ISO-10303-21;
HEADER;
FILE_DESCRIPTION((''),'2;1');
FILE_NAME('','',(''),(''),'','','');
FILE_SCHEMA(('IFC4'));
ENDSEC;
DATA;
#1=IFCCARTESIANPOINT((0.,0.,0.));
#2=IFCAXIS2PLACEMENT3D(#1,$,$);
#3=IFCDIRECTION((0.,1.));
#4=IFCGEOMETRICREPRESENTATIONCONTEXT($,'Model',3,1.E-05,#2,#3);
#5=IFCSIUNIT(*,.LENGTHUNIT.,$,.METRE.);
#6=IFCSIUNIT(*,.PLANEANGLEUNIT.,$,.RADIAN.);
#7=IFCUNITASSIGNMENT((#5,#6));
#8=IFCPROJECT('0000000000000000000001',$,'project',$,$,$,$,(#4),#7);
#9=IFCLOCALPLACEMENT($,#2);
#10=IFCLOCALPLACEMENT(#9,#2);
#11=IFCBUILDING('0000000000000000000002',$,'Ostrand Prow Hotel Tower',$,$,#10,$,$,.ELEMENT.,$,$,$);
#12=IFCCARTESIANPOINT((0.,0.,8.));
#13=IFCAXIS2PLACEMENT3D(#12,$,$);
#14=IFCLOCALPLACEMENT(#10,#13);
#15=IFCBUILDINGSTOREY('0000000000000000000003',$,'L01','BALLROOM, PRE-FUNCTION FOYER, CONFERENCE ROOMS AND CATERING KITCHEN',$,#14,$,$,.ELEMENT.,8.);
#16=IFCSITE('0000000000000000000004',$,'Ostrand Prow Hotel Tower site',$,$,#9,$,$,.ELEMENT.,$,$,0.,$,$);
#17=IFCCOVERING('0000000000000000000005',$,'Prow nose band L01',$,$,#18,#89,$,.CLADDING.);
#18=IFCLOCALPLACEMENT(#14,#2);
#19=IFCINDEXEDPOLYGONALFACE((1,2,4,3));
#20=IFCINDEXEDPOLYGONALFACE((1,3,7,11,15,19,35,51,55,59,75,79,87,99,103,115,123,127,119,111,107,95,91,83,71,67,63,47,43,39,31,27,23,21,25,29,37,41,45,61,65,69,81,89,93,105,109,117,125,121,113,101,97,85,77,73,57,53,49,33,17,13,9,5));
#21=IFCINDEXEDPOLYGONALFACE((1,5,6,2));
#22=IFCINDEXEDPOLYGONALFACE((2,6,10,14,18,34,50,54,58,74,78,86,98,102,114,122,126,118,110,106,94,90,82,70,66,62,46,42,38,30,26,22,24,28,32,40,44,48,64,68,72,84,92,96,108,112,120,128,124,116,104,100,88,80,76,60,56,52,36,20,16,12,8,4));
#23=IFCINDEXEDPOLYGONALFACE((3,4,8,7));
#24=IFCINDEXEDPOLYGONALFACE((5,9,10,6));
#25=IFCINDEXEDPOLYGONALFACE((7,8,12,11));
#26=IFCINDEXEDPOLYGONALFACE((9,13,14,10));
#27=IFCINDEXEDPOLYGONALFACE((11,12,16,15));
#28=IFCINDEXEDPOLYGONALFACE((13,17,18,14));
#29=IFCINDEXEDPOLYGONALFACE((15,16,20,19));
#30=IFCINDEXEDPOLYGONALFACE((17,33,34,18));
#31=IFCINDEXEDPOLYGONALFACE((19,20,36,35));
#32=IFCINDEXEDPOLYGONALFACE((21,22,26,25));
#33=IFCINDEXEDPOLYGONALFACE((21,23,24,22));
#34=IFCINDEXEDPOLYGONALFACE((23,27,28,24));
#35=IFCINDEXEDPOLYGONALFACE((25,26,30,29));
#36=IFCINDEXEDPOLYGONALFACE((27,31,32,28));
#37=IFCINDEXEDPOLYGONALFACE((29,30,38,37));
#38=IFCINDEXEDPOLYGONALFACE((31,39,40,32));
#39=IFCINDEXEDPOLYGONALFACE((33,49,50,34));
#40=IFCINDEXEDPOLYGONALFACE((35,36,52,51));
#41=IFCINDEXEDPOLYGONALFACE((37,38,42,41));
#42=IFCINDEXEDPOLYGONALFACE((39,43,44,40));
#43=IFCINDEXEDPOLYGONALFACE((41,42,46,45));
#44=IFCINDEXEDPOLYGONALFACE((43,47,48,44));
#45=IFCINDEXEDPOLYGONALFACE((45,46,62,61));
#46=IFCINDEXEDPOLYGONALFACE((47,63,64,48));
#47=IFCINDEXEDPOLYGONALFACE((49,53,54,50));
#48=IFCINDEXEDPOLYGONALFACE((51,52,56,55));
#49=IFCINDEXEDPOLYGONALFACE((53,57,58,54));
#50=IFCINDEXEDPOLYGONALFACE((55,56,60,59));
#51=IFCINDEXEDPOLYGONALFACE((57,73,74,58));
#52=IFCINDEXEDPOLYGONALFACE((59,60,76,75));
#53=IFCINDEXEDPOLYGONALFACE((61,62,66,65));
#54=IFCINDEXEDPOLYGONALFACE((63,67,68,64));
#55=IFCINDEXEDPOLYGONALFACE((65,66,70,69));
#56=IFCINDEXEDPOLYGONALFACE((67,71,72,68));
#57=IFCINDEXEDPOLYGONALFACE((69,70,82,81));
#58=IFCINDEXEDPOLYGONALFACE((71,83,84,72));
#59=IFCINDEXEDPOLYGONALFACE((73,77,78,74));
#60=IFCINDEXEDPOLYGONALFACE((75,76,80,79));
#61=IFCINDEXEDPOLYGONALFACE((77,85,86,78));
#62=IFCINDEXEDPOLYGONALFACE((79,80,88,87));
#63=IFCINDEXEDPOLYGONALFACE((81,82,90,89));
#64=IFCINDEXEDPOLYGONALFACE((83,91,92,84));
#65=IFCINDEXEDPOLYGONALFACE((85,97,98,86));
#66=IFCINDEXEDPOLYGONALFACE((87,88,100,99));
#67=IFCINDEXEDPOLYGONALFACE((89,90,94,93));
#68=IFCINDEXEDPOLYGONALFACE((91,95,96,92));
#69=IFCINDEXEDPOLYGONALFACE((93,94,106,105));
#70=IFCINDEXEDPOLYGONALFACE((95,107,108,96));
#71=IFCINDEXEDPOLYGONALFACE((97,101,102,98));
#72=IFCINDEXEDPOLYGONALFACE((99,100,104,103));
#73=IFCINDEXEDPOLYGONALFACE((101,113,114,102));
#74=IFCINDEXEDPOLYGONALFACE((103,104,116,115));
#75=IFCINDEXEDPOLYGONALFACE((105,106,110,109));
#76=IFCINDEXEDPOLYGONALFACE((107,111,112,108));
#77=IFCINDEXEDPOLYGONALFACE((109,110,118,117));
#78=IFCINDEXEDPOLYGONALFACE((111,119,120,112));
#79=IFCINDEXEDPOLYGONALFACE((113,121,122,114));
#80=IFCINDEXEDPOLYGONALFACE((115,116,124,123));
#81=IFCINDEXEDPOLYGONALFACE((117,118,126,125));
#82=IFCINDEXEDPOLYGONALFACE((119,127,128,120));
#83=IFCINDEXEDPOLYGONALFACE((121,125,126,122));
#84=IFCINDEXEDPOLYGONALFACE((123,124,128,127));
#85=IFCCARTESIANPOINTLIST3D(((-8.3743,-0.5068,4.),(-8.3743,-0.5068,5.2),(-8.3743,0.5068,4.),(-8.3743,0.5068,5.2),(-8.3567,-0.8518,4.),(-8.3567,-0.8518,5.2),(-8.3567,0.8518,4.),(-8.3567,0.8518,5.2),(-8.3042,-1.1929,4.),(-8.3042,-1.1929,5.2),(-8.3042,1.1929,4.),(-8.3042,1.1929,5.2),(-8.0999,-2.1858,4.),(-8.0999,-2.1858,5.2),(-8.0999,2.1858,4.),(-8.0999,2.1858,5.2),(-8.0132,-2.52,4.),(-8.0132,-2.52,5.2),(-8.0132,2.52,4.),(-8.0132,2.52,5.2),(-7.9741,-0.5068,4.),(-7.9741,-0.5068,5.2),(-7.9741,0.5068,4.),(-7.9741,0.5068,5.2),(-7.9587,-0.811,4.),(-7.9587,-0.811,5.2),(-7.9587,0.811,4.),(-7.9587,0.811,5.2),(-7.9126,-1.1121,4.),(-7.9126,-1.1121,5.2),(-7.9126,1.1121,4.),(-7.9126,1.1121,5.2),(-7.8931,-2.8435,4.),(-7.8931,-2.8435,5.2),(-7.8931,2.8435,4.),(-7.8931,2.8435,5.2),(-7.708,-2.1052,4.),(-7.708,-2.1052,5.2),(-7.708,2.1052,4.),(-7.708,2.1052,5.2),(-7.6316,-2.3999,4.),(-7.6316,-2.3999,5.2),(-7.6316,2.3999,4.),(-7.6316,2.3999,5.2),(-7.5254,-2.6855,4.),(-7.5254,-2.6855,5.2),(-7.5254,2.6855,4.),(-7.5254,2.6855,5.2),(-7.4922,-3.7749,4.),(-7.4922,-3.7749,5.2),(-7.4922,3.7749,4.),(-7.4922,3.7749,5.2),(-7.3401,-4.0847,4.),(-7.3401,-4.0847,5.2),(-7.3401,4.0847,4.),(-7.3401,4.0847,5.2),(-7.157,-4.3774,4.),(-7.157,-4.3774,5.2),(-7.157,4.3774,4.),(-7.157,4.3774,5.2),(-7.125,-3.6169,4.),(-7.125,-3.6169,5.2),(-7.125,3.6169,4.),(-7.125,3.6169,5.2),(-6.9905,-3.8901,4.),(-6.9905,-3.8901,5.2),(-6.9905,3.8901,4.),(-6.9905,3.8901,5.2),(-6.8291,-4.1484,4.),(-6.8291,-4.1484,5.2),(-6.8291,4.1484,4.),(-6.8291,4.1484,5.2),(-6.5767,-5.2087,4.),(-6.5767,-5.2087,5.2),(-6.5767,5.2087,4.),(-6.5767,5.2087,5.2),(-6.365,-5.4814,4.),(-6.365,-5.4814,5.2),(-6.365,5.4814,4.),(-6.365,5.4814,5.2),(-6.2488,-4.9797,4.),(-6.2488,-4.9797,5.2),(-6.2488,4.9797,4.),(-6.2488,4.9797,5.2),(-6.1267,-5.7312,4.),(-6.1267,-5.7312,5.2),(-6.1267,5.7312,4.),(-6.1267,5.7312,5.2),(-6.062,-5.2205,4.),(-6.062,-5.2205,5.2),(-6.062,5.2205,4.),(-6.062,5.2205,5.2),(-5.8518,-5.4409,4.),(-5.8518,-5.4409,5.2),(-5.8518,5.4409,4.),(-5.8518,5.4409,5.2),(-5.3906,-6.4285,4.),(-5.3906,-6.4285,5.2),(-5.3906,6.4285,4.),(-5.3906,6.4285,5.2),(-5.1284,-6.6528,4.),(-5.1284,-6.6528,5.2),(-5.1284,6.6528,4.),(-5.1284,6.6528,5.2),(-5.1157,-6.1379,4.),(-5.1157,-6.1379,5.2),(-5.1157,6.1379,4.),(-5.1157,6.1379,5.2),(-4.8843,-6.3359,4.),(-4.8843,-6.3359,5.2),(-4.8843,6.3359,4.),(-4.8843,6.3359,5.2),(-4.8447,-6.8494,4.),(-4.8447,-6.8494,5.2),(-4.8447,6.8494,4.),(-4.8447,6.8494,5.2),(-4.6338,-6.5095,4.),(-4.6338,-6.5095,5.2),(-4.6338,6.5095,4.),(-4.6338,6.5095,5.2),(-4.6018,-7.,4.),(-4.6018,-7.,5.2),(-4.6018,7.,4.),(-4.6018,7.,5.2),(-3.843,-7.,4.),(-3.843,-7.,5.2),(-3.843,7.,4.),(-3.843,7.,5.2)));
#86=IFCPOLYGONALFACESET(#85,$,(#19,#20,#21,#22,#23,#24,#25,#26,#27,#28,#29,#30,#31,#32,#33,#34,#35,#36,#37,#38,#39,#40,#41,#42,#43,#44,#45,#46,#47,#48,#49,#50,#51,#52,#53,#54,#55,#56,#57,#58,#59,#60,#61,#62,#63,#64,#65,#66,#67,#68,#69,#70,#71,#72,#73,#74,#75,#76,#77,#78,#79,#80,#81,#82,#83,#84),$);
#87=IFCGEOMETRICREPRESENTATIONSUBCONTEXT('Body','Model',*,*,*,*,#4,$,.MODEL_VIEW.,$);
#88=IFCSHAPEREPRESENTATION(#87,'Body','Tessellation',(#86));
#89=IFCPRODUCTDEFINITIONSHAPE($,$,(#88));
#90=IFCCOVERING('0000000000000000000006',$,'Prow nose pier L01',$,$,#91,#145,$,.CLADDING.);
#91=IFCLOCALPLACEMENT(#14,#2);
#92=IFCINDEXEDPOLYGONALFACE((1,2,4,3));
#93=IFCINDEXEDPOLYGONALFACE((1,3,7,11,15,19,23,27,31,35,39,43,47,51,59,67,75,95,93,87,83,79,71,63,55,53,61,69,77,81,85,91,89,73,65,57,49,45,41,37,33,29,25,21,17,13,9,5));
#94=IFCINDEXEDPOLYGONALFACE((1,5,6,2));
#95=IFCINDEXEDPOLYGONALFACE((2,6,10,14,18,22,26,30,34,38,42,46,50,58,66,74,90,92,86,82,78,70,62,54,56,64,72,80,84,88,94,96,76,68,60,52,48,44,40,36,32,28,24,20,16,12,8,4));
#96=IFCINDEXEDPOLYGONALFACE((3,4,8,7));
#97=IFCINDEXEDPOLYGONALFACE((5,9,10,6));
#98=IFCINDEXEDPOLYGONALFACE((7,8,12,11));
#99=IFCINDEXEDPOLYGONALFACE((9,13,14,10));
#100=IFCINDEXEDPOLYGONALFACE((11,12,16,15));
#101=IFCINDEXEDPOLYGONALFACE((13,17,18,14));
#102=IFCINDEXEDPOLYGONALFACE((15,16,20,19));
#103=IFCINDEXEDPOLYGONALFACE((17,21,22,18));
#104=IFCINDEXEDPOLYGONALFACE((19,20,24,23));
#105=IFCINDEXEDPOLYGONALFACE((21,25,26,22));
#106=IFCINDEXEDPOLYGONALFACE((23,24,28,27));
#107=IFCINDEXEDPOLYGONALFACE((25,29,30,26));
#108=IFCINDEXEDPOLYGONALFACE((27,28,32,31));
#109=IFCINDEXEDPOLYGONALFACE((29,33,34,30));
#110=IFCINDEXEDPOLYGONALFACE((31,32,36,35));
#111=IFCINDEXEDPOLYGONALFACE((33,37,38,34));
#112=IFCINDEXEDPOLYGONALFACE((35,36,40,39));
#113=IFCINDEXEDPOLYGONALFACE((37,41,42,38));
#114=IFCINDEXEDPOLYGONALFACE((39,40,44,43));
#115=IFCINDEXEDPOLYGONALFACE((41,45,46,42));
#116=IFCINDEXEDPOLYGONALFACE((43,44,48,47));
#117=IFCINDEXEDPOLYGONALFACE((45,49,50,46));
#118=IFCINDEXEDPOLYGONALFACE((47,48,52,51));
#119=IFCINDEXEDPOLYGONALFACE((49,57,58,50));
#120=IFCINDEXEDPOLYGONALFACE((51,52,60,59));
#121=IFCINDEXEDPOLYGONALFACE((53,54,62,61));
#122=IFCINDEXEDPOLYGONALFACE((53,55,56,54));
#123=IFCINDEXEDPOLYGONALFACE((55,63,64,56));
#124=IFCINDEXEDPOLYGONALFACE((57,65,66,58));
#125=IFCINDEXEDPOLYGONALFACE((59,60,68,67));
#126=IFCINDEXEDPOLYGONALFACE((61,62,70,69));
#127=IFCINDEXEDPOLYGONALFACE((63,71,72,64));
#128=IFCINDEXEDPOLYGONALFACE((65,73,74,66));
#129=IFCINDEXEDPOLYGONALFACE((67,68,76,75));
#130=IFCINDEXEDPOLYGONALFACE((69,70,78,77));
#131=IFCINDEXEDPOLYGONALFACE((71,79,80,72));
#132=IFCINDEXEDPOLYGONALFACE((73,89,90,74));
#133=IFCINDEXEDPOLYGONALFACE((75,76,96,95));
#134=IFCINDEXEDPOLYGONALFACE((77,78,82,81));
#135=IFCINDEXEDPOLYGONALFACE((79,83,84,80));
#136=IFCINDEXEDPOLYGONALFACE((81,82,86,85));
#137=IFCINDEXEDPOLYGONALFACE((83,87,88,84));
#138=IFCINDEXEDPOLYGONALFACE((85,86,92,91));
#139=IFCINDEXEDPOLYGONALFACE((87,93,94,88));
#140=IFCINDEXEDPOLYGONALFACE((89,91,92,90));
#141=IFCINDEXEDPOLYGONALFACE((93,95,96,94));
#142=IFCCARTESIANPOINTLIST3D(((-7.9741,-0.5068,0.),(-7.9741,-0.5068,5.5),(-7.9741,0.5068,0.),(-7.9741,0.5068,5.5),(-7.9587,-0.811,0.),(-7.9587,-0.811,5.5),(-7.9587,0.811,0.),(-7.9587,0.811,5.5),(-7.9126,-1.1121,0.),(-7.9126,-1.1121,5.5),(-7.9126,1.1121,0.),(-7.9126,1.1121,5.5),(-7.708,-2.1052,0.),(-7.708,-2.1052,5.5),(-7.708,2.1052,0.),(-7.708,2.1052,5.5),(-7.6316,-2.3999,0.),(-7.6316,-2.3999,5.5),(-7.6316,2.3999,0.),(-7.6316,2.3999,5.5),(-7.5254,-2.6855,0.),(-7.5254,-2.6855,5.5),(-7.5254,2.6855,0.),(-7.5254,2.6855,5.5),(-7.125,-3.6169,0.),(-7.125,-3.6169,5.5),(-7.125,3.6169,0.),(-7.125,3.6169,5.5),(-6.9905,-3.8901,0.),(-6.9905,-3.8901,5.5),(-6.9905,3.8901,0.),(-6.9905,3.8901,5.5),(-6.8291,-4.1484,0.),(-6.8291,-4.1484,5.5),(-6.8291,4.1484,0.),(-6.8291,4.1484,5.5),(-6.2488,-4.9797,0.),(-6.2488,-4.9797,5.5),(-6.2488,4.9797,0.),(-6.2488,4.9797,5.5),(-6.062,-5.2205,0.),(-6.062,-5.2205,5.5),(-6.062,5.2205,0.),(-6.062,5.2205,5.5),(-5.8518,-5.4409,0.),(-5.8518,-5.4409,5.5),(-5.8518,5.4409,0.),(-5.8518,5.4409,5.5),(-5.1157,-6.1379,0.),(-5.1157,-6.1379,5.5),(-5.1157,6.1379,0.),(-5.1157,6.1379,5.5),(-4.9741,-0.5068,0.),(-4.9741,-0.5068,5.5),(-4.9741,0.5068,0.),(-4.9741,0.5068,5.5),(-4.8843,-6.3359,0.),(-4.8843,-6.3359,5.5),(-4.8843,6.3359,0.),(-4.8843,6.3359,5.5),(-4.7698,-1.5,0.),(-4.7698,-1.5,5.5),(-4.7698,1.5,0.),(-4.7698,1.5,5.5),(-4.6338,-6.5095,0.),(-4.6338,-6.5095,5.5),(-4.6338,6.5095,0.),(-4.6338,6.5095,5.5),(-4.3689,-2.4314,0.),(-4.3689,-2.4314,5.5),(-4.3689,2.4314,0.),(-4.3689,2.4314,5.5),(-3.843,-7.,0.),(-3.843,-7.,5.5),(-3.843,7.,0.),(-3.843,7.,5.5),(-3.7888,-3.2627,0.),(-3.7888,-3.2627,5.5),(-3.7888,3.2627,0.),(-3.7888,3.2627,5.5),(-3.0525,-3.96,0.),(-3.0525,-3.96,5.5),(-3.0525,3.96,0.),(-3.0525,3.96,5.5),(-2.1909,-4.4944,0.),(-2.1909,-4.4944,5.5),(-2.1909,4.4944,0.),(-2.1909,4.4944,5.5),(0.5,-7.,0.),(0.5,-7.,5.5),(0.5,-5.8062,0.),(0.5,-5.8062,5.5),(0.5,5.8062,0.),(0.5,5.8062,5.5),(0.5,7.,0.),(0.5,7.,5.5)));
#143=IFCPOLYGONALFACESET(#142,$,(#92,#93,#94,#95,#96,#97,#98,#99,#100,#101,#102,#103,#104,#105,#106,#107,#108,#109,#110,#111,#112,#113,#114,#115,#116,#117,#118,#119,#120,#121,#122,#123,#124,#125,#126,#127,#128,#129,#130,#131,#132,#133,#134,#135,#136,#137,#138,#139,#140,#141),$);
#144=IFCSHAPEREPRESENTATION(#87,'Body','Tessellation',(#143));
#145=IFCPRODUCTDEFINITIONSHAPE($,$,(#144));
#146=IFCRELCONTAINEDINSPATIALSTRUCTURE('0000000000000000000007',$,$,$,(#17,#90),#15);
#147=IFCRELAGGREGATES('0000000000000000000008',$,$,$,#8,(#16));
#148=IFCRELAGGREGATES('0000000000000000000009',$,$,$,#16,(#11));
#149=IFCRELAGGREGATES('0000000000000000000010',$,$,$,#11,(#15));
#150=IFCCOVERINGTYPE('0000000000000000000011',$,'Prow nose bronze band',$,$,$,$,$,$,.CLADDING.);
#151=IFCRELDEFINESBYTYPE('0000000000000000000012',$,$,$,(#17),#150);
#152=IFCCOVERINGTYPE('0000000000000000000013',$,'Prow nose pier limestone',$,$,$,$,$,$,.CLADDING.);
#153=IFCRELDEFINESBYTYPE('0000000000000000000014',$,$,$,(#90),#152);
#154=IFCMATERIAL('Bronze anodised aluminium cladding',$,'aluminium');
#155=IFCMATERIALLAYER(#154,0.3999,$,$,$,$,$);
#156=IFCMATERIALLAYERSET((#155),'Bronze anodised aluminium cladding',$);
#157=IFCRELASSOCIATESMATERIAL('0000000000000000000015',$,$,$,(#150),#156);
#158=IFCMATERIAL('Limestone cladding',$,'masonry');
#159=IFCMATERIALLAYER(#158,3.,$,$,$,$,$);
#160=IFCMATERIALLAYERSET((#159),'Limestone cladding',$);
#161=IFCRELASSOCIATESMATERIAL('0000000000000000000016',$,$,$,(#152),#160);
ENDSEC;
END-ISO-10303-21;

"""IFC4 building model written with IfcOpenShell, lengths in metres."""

from ifc_helpers import new_model, si_unit, direction, frame, origin, place, context, subcontext, project, spatial, polyline, outline, extrude, material, layer, layer_set, type_object, element, save


model = new_model("IFC4")

# Units and contexts
model_context = context("Model", 3, precision=1e-05, world=origin(), true_north=direction((0.0, 1.0)))
body_context = subcontext(model_context, "Body", "Model", "MODEL_VIEW")
ifc_project = project(units=[si_unit("LENGTHUNIT", "METRE"), si_unit("PLANEANGLEUNIT", "RADIAN")], contexts=[model_context])

# Site, building, storey
site_placement = place(None, origin())
site = spatial("IfcSite", under=ifc_project, at=site_placement, Name="Ostrand Prow Hotel Tower site", CompositionType="ELEMENT", RefElevation=0.0)
building_placement = place(site_placement, origin())
building = spatial("IfcBuilding", under=site, at=building_placement, Name="Ostrand Prow Hotel Tower", CompositionType="ELEMENT")
storey_placement = place(building_placement, frame((0.0, 0.0, 8.0)))
storey = spatial("IfcBuildingStorey", under=building, at=storey_placement, Name="L01", Description="BALLROOM, PRE-FUNCTION FOYER, CONFERENCE ROOMS AND CATERING KITCHEN", CompositionType="ELEMENT", Elevation=8.0)

# Coverings
ifc_material_1 = material(Name="Bronze anodised aluminium cladding", Category="aluminium")
ifc_layer_1 = layer(ifc_material_1, 0.3999)
ifc_layer_set_1 = layer_set([ifc_layer_1], Name="Bronze anodised aluminium cladding")
covering_type_1 = type_object("IfcCoveringType", Name="Prow nose bronze band", PredefinedType="CLADDING", material=ifc_layer_set_1)
covering_1_placement = place(storey_placement, frame((0.0, 0.0, 4.0)))
element("IfcCovering", 1, at=covering_1_placement, inside=storey, type_object=covering_type_1, Name="Prow nose band L01", PredefinedType="CLADDING", context=body_context, shape_type="SweptSolid", body=[
    extrude(outline(polyline([(-4.8447, -6.8494), (-4.6018, -7.0), (-3.843, -7.0), (-4.6338, -6.5095), (-4.8843, -6.3359), (-5.1157, -6.1379), (-5.8518, -5.4409), (-6.062, -5.2205), (-6.2488, -4.9797), (-6.8291, -4.1484), (-6.9905, -3.8901), (-7.125, -3.6169), (-7.5254, -2.6855), (-7.6316, -2.3999), (-7.708, -2.1052), (-7.9126, -1.1121), (-7.9587, -0.811), (-7.9741, -0.5068), (-7.9741, 0.5068), (-7.9587, 0.811), (-7.9126, 1.1121), (-7.708, 2.1052), (-7.6316, 2.3999), (-7.5254, 2.6855), (-7.125, 3.6169), (-6.9905, 3.8901), (-6.8291, 4.1484), (-6.2488, 4.9797), (-6.062, 5.2205), (-5.8518, 5.4409), (-5.1157, 6.1379), (-4.8843, 6.3359), (-4.6338, 6.5095), (-3.843, 7.0), (-4.6018, 7.0), (-4.8447, 6.8494), (-5.1284, 6.6528), (-5.3906, 6.4285), (-6.1267, 5.7312), (-6.365, 5.4814), (-6.5767, 5.2087), (-7.157, 4.3774), (-7.3401, 4.0847), (-7.4922, 3.7749), (-7.8931, 2.8435), (-8.0132, 2.52), (-8.0999, 2.1858), (-8.3042, 1.1929), (-8.3567, 0.8518), (-8.3743, 0.5068), (-8.3743, -0.5068), (-8.3567, -0.8518), (-8.3042, -1.1929), (-8.0999, -2.1858), (-8.0132, -2.52), (-7.8931, -2.8435), (-7.4922, -3.7749), (-7.3401, -4.0847), (-7.157, -4.3774), (-6.5767, -5.2087), (-6.365, -5.4814), (-6.1267, -5.7312), (-5.3906, -6.4285), (-5.1284, -6.6528), (-4.8447, -6.8494)])), origin(), (0.0, 0.0, 1.0), 1.2),
])
ifc_material_2 = material(Name="Limestone cladding", Category="masonry")
ifc_layer_2 = layer(ifc_material_2, 3.0)
ifc_layer_set_2 = layer_set([ifc_layer_2], Name="Limestone cladding")
covering_type_2 = type_object("IfcCoveringType", Name="Prow nose pier limestone", PredefinedType="CLADDING", material=ifc_layer_set_2)
covering_2_placement = place(storey_placement, origin())
element("IfcCovering", 2, at=covering_2_placement, inside=storey, type_object=covering_type_2, Name="Prow nose pier L01", PredefinedType="CLADDING", context=body_context, shape_type="SweptSolid", body=[
    extrude(outline(polyline([(-4.6338, -6.5095), (-3.843, -7.0), (0.5, -7.0), (0.5, -5.8062), (-2.1909, -4.4944), (-3.0525, -3.96), (-3.7888, -3.2627), (-4.3689, -2.4314), (-4.7698, -1.5), (-4.9741, -0.5068), (-4.9741, 0.5068), (-4.7698, 1.5), (-4.3689, 2.4314), (-3.7888, 3.2627), (-3.0525, 3.96), (-2.1909, 4.4944), (0.5, 5.8062), (0.5, 7.0), (-3.843, 7.0), (-4.6338, 6.5095), (-4.8843, 6.3359), (-5.1157, 6.1379), (-5.8518, 5.4409), (-6.062, 5.2205), (-6.2488, 4.9797), (-6.8291, 4.1484), (-6.9905, 3.8901), (-7.125, 3.6169), (-7.5254, 2.6855), (-7.6316, 2.3999), (-7.708, 2.1052), (-7.9126, 1.1121), (-7.9587, 0.811), (-7.9741, 0.5068), (-7.9741, -0.5068), (-7.9587, -0.811), (-7.9126, -1.1121), (-7.708, -2.1052), (-7.6316, -2.3999), (-7.5254, -2.6855), (-7.125, -3.6169), (-6.9905, -3.8901), (-6.8291, -4.1484), (-6.2488, -4.9797), (-6.062, -5.2205), (-5.8518, -5.4409), (-5.1157, -6.1379), (-4.8843, -6.3359), (-4.6338, -6.5095)])), origin(), (0.0, 0.0, 1.0), 5.5),
])

save(model, "model.ifc")
